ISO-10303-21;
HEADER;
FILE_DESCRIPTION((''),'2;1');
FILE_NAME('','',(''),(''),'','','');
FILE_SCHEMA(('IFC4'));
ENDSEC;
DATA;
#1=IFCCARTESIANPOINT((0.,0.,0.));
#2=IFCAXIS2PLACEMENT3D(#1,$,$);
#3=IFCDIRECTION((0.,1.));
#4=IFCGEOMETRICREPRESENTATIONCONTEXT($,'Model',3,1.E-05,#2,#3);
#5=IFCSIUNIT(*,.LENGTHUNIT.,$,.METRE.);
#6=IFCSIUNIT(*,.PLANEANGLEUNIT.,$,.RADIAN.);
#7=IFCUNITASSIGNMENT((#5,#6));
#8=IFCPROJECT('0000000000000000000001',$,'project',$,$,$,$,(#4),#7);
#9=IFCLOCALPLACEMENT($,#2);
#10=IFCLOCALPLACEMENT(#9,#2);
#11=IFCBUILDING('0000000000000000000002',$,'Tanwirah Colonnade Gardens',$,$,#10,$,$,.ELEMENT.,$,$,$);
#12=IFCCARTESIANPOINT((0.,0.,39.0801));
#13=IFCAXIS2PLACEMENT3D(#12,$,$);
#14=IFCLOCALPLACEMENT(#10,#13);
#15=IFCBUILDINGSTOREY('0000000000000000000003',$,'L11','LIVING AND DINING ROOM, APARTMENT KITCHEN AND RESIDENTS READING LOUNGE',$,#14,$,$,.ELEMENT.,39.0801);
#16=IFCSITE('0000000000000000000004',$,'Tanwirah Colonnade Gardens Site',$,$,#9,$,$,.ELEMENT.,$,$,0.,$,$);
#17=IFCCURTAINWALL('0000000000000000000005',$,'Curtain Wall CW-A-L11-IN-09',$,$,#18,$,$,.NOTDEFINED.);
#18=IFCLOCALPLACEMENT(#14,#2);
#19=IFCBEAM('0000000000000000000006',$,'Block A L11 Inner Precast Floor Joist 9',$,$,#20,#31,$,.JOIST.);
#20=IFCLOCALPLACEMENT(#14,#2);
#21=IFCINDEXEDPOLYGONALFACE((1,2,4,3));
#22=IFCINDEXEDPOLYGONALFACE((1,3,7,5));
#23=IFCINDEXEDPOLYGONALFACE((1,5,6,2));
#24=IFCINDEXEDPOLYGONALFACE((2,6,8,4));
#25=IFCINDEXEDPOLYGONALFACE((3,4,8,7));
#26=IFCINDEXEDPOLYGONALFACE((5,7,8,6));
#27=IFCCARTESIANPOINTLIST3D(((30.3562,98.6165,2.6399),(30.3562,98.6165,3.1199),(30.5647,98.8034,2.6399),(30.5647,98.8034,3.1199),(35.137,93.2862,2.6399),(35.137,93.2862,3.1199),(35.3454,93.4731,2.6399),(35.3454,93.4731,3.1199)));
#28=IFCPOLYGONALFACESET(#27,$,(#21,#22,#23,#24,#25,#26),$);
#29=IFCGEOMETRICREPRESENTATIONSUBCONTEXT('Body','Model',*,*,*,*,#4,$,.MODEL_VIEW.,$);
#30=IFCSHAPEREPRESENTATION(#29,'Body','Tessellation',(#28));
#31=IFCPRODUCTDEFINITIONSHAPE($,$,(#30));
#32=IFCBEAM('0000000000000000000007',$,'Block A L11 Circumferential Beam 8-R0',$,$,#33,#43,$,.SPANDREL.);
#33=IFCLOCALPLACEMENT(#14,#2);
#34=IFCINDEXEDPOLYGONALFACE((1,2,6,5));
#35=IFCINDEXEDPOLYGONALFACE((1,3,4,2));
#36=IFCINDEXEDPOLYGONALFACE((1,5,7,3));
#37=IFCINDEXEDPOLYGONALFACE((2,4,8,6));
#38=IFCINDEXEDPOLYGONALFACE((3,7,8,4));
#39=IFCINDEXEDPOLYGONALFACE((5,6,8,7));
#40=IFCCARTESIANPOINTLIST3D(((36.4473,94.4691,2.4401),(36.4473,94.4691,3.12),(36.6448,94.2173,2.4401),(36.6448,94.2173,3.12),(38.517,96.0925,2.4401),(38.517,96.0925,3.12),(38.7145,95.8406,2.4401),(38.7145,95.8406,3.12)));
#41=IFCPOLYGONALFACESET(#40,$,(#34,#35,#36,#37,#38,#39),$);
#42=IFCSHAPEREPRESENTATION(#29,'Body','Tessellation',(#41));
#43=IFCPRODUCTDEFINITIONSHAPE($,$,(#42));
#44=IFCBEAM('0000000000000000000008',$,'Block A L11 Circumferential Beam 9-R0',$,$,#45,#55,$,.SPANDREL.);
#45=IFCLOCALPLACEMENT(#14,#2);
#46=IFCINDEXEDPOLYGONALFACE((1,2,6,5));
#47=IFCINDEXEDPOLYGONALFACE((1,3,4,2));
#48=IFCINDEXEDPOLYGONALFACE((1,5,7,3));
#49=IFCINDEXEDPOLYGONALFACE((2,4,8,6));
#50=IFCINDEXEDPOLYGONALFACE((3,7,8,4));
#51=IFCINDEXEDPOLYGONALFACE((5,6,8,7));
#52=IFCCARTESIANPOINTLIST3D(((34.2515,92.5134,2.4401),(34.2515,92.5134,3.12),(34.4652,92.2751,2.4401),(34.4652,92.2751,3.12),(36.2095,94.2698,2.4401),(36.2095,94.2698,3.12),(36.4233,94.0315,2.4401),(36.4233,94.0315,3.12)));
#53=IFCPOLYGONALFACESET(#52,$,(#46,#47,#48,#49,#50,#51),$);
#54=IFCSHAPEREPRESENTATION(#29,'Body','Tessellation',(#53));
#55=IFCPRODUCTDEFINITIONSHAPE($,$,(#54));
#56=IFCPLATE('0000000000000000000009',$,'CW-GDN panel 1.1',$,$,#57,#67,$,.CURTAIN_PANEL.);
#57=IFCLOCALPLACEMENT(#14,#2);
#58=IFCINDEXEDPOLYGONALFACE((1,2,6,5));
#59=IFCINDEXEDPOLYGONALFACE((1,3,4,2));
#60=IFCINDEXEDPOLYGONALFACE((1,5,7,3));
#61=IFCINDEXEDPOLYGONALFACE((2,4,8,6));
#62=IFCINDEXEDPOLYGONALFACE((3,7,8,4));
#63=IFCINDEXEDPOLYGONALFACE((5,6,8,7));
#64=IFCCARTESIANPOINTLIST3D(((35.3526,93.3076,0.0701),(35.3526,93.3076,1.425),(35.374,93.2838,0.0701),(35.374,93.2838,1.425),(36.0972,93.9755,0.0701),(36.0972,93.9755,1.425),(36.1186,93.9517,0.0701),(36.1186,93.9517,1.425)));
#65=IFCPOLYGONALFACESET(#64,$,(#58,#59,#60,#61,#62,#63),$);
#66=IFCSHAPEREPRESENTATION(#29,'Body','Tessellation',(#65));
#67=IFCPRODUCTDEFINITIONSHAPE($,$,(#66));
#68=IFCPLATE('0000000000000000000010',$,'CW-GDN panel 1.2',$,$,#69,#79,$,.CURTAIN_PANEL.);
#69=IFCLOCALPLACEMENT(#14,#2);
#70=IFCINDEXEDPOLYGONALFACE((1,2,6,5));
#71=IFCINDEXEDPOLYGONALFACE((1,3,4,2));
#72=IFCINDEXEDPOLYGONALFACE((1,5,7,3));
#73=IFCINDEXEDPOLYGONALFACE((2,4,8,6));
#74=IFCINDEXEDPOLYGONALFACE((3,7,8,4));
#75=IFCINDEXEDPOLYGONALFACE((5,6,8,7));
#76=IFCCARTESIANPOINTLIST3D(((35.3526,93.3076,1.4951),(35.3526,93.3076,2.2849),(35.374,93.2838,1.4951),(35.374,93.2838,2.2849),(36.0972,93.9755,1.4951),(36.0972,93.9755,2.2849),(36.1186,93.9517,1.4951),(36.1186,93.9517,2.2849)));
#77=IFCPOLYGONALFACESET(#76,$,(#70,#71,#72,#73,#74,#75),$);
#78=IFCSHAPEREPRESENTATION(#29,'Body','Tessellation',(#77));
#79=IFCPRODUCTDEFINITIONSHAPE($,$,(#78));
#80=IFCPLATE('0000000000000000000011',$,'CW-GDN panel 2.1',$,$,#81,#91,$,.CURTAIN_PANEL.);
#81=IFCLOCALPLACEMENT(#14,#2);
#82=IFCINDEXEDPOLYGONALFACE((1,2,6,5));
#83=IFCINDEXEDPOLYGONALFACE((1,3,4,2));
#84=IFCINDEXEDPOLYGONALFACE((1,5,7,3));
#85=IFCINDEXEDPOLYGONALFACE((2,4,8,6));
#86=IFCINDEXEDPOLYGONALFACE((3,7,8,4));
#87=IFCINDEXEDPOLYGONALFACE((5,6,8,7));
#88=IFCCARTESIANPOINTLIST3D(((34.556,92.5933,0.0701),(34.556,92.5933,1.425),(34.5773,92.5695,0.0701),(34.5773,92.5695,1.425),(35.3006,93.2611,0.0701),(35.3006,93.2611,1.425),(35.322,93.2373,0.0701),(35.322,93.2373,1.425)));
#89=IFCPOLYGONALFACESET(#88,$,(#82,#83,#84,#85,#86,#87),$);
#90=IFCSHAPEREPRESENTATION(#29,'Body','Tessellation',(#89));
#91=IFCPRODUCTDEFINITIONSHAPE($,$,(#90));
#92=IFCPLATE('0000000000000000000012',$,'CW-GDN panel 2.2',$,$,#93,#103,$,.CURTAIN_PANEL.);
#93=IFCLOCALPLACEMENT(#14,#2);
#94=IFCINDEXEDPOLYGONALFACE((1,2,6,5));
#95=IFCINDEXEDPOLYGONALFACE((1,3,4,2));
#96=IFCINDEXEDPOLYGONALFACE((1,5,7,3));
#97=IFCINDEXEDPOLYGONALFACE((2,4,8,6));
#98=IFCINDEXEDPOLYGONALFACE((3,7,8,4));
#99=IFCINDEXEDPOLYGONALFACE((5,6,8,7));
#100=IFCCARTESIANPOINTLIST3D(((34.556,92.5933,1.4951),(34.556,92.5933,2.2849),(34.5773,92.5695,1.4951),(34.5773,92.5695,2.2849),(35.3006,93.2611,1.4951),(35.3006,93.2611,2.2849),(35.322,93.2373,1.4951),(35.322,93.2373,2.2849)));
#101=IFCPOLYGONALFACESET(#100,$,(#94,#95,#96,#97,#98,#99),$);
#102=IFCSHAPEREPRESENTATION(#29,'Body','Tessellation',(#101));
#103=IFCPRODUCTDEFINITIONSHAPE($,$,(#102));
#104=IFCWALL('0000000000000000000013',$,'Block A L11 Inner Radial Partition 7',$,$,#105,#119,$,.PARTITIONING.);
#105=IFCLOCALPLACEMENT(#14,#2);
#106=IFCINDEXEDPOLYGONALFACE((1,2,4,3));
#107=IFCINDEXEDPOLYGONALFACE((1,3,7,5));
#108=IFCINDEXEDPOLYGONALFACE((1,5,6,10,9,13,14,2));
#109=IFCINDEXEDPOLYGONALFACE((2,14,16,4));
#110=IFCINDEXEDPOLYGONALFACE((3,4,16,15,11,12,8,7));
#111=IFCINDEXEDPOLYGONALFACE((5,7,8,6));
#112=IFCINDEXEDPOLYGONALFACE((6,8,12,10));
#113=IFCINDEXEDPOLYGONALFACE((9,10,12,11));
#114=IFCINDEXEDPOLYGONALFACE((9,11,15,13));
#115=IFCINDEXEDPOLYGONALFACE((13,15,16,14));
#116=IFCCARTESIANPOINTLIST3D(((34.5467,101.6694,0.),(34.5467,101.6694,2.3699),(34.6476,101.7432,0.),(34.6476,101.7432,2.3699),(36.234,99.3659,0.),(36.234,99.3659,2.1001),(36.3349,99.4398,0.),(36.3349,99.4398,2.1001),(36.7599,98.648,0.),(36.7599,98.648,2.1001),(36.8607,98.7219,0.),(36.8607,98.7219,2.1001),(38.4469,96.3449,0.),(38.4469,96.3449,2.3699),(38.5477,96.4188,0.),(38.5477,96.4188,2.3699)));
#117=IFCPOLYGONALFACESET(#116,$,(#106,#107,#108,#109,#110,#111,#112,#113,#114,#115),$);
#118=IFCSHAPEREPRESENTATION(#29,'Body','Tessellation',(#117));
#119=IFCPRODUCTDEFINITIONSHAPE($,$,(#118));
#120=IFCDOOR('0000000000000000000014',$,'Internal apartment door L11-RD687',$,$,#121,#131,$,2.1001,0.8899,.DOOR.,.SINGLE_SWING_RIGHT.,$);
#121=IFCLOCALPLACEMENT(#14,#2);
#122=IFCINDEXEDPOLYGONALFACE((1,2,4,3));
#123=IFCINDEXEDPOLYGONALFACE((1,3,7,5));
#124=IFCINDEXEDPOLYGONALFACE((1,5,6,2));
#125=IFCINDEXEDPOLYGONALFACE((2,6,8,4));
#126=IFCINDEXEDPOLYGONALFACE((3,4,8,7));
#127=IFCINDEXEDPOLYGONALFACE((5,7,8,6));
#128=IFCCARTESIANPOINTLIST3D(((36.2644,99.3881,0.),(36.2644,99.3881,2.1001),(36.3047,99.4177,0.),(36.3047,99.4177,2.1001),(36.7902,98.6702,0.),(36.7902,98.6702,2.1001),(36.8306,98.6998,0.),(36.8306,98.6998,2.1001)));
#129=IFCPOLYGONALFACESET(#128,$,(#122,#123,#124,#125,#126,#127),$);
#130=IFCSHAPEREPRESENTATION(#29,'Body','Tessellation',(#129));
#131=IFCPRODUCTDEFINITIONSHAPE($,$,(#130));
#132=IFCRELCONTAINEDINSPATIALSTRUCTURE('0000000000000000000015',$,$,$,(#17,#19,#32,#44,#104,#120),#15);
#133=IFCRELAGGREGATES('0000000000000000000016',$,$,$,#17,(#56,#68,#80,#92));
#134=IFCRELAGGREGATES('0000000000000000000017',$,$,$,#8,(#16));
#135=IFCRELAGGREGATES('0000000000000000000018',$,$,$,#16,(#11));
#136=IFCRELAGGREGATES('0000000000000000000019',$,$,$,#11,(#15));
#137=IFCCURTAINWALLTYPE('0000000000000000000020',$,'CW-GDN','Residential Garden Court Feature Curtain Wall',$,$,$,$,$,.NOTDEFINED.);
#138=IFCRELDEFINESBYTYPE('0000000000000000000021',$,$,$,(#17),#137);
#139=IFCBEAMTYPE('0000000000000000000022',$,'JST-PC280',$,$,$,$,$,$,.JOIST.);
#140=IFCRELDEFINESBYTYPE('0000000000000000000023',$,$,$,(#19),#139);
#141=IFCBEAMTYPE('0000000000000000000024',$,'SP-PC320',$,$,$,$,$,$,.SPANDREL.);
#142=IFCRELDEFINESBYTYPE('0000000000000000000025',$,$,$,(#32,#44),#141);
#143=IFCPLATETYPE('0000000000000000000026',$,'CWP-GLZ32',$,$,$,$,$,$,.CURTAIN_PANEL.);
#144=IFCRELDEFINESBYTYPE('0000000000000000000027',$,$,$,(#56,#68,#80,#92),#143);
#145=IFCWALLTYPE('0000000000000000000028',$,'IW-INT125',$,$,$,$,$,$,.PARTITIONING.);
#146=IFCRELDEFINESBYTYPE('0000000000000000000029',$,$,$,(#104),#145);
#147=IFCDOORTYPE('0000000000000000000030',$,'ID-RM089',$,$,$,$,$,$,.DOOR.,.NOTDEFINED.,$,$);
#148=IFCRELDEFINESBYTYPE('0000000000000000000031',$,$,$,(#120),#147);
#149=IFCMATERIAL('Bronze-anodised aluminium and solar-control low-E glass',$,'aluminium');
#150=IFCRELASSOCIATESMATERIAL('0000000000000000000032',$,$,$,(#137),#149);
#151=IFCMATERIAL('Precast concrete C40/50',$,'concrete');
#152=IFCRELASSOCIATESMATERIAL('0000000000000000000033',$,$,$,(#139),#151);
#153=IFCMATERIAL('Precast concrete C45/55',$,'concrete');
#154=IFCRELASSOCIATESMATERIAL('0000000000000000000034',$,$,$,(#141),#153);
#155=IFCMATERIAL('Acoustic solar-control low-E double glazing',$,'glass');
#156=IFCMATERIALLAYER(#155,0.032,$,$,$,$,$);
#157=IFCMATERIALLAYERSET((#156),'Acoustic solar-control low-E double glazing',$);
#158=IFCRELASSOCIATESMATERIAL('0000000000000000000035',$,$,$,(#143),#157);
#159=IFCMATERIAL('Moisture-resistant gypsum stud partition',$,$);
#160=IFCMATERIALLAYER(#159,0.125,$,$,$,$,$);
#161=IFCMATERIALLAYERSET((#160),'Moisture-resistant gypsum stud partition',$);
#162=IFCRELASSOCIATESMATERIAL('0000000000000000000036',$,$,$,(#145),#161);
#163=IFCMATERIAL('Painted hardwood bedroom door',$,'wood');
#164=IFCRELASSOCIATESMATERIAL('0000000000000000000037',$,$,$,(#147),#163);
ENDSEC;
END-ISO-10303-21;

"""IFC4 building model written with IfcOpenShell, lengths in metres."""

from ifc_helpers import new_model, si_unit, direction, frame, frame_2d, origin, origin_2d, place, context, subcontext, project, spatial, rectangle, extrude, material, layer, layer_set, material_profile, profile_set, type_object, element, fill, aggregate, save


model = new_model("IFC4")

# Units and contexts
model_context = context("Model", 3, precision=1e-05, world=origin(), true_north=direction((0.0, 1.0)))
body_context = subcontext(model_context, "Body", "Model", "MODEL_VIEW")
ifc_project = project(units=[si_unit("LENGTHUNIT", "METRE"), si_unit("PLANEANGLEUNIT", "RADIAN")], contexts=[model_context])

# Site, building, storey
site_placement = place(None, origin())
site = spatial("IfcSite", under=ifc_project, at=site_placement, Name="Tanwirah Colonnade Gardens Site", CompositionType="ELEMENT", RefElevation=0.0)
building_placement = place(site_placement, origin())
building = spatial("IfcBuilding", under=site, at=building_placement, Name="Tanwirah Colonnade Gardens", CompositionType="ELEMENT")
storey_placement = place(building_placement, frame((0.0, 0.0, 39.0801)))
storey = spatial("IfcBuildingStorey", under=building, at=storey_placement, Name="L11", Description="LIVING AND DINING ROOM, APARTMENT KITCHEN AND RESIDENTS READING LOUNGE", CompositionType="ELEMENT", Elevation=39.0801)

# Shared definitions
ifc_material_1 = material(Name="Precast concrete C40/50", Category="concrete")

# Curtain wall
ifc_material_2 = material(Name="Bronze-anodised aluminium and solar-control low-E glass", Category="aluminium")
curtain_wall_type = type_object("IfcCurtainWallType", Name="CW-GDN", Description="Residential Garden Court Feature Curtain Wall", PredefinedType="NOTDEFINED", material=ifc_material_2)
curtain_wall_placement = place(storey_placement, origin())
curtain_wall = element("IfcCurtainWall", 1, at=curtain_wall_placement, inside=storey, type_object=curtain_wall_type, Name="Curtain Wall CW-A-L11-IN-09", PredefinedType="NOTDEFINED")

# Beams
ifc_material_profile_1 = material_profile(ifc_material_1, rectangle(XDim=0.28, YDim=0.48, at=origin_2d()), Name="PC-JST 280x480")
ifc_profile_set_1 = profile_set([ifc_material_profile_1], Name="Precast concrete C40/50")
beam_type_1 = type_object("IfcBeamType", Name="JST-PC280", PredefinedType="JOIST", material=ifc_profile_set_1)
beam_1_placement = place(storey_placement, frame((35.2412, 93.3796, 2.8799), z_axis=(-0.667688, 0.744441, 0.0), x_axis=(-0.744441, -0.667688, 0.0)))
element("IfcBeam", 2, at=beam_1_placement, inside=storey, type_object=beam_type_1, Name="Block A L11 Inner Precast Floor Joist 9", PredefinedType="JOIST", context=body_context, shape_type="SweptSolid", body=[
    extrude(rectangle(XDim=0.28, YDim=0.48, at=origin_2d()), origin(), (0.0, 0.0, 1.0), 7.1602),
])
ifc_material_3 = material(Name="Precast concrete C45/55", Category="concrete")
ifc_material_profile_2 = material_profile(ifc_material_3, rectangle(XDim=0.3201, YDim=0.6799, at=origin_2d()), Name="PC-SP 320x680")
ifc_profile_set_2 = profile_set([ifc_material_profile_2], Name="Precast concrete C45/55")
beam_type_2 = type_object("IfcBeamType", Name="SP-PC320", PredefinedType="SPANDREL", material=ifc_profile_set_2)
for number, where, z_axis, x_axis, name in (
    (3, (38.6157, 95.9666, 2.78), (-0.786837, -0.617161, 0.0), (0.617161, -0.786837, 0.0), "Block A L11 Circumferential Beam 8-R0"),
    (4, (36.3164, 94.1506, 2.78), (-0.744401, -0.667733, 0.0), (0.667733, -0.744401, 0.0), "Block A L11 Circumferential Beam 9-R0"),
):
    element("IfcBeam", number, at=place(storey_placement, frame(where, z_axis=z_axis, x_axis=x_axis)), inside=storey, type_object=beam_type_2, Name=name, PredefinedType="SPANDREL", context=body_context, shape_type="SweptSolid", body=[
        extrude(rectangle(XDim=0.3201, YDim=0.6799, at=origin_2d()), origin(), (0.0, 0.0, 1.0), 2.6304),
    ])

# Plates
ifc_material_4 = material(Name="Acoustic solar-control low-E double glazing", Category="glass")
ifc_layer_1 = layer(ifc_material_4, 0.032)
ifc_layer_set_1 = layer_set([ifc_layer_1], Name="Acoustic solar-control low-E double glazing")
plate_type = type_object("IfcPlateType", Name="CWP-GLZ32", PredefinedType="CURTAIN_PANEL", material=ifc_layer_set_1)
plate_1_placement = place(storey_placement, frame((35.7356, 93.6296, 0.0701), z_axis=(0.0, 0.0, 1.0), x_axis=(-0.74444, -0.667689, 0.0)))
plate_1 = element("IfcPlate", 5, at=plate_1_placement, type_object=plate_type, Name="CW-GDN panel 1.1", PredefinedType="CURTAIN_PANEL", context=body_context, shape_type="SweptSolid", body=[
    extrude(rectangle(XDim=1.0002, YDim=0.032, at=origin_2d()), origin(), (0.0, 0.0, 1.0), 1.355),
])
plate_2_placement = place(storey_placement, frame((35.7356, 93.6296, 1.4951), z_axis=(0.0, 0.0, 1.0), x_axis=(-0.74444, -0.667689, 0.0)))
plate_2 = element("IfcPlate", 6, at=plate_2_placement, type_object=plate_type, Name="CW-GDN panel 1.2", PredefinedType="CURTAIN_PANEL", context=body_context, shape_type="SweptSolid", body=[
    extrude(rectangle(XDim=1.0002, YDim=0.032, at=origin_2d()), origin(), (0.0, 0.0, 1.0), 0.7898),
])
plate_3_placement = place(storey_placement, frame((34.939, 92.9153, 0.0701), z_axis=(0.0, 0.0, 1.0), x_axis=(-0.74444, -0.667689, 0.0)))
plate_3 = element("IfcPlate", 7, at=plate_3_placement, type_object=plate_type, Name="CW-GDN panel 2.1", PredefinedType="CURTAIN_PANEL", context=body_context, shape_type="SweptSolid", body=[
    extrude(rectangle(XDim=1.0002, YDim=0.032, at=origin_2d()), origin(), (0.0, 0.0, 1.0), 1.355),
])
plate_4_placement = place(storey_placement, frame((34.939, 92.9153, 1.4951), z_axis=(0.0, 0.0, 1.0), x_axis=(-0.74444, -0.667689, 0.0)))
plate_4 = element("IfcPlate", 8, at=plate_4_placement, type_object=plate_type, Name="CW-GDN panel 2.2", PredefinedType="CURTAIN_PANEL", context=body_context, shape_type="SweptSolid", body=[
    extrude(rectangle(XDim=1.0002, YDim=0.032, at=origin_2d()), origin(), (0.0, 0.0, 1.0), 0.7898),
])
aggregate(curtain_wall, [plate_1, plate_2, plate_3, plate_4])

# Wall, opening, door
ifc_material_5 = material(Name="Moisture-resistant gypsum stud partition")
ifc_layer_2 = layer(ifc_material_5, 0.125)
ifc_layer_set_2 = layer_set([ifc_layer_2], Name="Moisture-resistant gypsum stud partition")
wall_type_1 = type_object("IfcWallType", Name="IW-INT125", PredefinedType="PARTITIONING", material=ifc_layer_set_2)
wall_1_placement = place(storey_placement, frame((38.4973, 96.3818, 0.0), z_axis=(0.0, 0.0, 1.0), x_axis=(-0.590924, 0.806727, 0.0)))
wall_1 = element("IfcWall", 9, at=wall_1_placement, inside=storey, type_object=wall_type_1, Name="Block A L11 Inner Radial Partition 7", PredefinedType="PARTITIONING", context=body_context, shape_type="SweptSolid", body=[
    extrude(rectangle(XDim=6.6001, YDim=0.125, at=frame_2d((3.3, 0.0))), origin(), (0.0, 0.0, 1.0), 2.3699),
])
opening_1_placement = place(wall_1_placement, frame((2.855, 0.0, 0.0)))
opening_1 = element("IfcOpeningElement", 10, at=opening_1_placement, cuts=wall_1, PredefinedType="OPENING", context=body_context, shape_type="SweptSolid", body=[
    extrude(rectangle(XDim=0.8899, YDim=2.1001, at=frame_2d((0.4448, 1.05))), frame((0.0, 0.0725, 0.0), z_axis=(0.0, -1.0, 0.0), x_axis=(1.0, 0.0, 0.0)), (0.0, 0.0, 1.0), 0.145),
])
ifc_material_6 = material(Name="Painted hardwood bedroom door", Category="wood")
door_type_1 = type_object("IfcDoorType", Name="ID-RM089", OperationType="NOTDEFINED", PredefinedType="DOOR", material=ifc_material_6)
door_1_placement = place(opening_1_placement, origin())
door_1 = element("IfcDoor", 11, at=door_1_placement, inside=storey, type_object=door_type_1, Name="Internal apartment door L11-RD687", OperationType="SINGLE_SWING_RIGHT", OverallHeight=2.1001, OverallWidth=0.8899, PredefinedType="DOOR", context=body_context, shape_type="SweptSolid", body=[
    extrude(rectangle(XDim=0.8899, YDim=2.1001, at=frame_2d((0.4448, 1.05))), frame((0.0, 0.0249, 0.0), z_axis=(0.0, -1.0, 0.0), x_axis=(1.0, 0.0, 0.0)), (0.0, 0.0, 1.0), 0.05),
])
fill(opening_1, door_1)

save(model, "model.ifc")
